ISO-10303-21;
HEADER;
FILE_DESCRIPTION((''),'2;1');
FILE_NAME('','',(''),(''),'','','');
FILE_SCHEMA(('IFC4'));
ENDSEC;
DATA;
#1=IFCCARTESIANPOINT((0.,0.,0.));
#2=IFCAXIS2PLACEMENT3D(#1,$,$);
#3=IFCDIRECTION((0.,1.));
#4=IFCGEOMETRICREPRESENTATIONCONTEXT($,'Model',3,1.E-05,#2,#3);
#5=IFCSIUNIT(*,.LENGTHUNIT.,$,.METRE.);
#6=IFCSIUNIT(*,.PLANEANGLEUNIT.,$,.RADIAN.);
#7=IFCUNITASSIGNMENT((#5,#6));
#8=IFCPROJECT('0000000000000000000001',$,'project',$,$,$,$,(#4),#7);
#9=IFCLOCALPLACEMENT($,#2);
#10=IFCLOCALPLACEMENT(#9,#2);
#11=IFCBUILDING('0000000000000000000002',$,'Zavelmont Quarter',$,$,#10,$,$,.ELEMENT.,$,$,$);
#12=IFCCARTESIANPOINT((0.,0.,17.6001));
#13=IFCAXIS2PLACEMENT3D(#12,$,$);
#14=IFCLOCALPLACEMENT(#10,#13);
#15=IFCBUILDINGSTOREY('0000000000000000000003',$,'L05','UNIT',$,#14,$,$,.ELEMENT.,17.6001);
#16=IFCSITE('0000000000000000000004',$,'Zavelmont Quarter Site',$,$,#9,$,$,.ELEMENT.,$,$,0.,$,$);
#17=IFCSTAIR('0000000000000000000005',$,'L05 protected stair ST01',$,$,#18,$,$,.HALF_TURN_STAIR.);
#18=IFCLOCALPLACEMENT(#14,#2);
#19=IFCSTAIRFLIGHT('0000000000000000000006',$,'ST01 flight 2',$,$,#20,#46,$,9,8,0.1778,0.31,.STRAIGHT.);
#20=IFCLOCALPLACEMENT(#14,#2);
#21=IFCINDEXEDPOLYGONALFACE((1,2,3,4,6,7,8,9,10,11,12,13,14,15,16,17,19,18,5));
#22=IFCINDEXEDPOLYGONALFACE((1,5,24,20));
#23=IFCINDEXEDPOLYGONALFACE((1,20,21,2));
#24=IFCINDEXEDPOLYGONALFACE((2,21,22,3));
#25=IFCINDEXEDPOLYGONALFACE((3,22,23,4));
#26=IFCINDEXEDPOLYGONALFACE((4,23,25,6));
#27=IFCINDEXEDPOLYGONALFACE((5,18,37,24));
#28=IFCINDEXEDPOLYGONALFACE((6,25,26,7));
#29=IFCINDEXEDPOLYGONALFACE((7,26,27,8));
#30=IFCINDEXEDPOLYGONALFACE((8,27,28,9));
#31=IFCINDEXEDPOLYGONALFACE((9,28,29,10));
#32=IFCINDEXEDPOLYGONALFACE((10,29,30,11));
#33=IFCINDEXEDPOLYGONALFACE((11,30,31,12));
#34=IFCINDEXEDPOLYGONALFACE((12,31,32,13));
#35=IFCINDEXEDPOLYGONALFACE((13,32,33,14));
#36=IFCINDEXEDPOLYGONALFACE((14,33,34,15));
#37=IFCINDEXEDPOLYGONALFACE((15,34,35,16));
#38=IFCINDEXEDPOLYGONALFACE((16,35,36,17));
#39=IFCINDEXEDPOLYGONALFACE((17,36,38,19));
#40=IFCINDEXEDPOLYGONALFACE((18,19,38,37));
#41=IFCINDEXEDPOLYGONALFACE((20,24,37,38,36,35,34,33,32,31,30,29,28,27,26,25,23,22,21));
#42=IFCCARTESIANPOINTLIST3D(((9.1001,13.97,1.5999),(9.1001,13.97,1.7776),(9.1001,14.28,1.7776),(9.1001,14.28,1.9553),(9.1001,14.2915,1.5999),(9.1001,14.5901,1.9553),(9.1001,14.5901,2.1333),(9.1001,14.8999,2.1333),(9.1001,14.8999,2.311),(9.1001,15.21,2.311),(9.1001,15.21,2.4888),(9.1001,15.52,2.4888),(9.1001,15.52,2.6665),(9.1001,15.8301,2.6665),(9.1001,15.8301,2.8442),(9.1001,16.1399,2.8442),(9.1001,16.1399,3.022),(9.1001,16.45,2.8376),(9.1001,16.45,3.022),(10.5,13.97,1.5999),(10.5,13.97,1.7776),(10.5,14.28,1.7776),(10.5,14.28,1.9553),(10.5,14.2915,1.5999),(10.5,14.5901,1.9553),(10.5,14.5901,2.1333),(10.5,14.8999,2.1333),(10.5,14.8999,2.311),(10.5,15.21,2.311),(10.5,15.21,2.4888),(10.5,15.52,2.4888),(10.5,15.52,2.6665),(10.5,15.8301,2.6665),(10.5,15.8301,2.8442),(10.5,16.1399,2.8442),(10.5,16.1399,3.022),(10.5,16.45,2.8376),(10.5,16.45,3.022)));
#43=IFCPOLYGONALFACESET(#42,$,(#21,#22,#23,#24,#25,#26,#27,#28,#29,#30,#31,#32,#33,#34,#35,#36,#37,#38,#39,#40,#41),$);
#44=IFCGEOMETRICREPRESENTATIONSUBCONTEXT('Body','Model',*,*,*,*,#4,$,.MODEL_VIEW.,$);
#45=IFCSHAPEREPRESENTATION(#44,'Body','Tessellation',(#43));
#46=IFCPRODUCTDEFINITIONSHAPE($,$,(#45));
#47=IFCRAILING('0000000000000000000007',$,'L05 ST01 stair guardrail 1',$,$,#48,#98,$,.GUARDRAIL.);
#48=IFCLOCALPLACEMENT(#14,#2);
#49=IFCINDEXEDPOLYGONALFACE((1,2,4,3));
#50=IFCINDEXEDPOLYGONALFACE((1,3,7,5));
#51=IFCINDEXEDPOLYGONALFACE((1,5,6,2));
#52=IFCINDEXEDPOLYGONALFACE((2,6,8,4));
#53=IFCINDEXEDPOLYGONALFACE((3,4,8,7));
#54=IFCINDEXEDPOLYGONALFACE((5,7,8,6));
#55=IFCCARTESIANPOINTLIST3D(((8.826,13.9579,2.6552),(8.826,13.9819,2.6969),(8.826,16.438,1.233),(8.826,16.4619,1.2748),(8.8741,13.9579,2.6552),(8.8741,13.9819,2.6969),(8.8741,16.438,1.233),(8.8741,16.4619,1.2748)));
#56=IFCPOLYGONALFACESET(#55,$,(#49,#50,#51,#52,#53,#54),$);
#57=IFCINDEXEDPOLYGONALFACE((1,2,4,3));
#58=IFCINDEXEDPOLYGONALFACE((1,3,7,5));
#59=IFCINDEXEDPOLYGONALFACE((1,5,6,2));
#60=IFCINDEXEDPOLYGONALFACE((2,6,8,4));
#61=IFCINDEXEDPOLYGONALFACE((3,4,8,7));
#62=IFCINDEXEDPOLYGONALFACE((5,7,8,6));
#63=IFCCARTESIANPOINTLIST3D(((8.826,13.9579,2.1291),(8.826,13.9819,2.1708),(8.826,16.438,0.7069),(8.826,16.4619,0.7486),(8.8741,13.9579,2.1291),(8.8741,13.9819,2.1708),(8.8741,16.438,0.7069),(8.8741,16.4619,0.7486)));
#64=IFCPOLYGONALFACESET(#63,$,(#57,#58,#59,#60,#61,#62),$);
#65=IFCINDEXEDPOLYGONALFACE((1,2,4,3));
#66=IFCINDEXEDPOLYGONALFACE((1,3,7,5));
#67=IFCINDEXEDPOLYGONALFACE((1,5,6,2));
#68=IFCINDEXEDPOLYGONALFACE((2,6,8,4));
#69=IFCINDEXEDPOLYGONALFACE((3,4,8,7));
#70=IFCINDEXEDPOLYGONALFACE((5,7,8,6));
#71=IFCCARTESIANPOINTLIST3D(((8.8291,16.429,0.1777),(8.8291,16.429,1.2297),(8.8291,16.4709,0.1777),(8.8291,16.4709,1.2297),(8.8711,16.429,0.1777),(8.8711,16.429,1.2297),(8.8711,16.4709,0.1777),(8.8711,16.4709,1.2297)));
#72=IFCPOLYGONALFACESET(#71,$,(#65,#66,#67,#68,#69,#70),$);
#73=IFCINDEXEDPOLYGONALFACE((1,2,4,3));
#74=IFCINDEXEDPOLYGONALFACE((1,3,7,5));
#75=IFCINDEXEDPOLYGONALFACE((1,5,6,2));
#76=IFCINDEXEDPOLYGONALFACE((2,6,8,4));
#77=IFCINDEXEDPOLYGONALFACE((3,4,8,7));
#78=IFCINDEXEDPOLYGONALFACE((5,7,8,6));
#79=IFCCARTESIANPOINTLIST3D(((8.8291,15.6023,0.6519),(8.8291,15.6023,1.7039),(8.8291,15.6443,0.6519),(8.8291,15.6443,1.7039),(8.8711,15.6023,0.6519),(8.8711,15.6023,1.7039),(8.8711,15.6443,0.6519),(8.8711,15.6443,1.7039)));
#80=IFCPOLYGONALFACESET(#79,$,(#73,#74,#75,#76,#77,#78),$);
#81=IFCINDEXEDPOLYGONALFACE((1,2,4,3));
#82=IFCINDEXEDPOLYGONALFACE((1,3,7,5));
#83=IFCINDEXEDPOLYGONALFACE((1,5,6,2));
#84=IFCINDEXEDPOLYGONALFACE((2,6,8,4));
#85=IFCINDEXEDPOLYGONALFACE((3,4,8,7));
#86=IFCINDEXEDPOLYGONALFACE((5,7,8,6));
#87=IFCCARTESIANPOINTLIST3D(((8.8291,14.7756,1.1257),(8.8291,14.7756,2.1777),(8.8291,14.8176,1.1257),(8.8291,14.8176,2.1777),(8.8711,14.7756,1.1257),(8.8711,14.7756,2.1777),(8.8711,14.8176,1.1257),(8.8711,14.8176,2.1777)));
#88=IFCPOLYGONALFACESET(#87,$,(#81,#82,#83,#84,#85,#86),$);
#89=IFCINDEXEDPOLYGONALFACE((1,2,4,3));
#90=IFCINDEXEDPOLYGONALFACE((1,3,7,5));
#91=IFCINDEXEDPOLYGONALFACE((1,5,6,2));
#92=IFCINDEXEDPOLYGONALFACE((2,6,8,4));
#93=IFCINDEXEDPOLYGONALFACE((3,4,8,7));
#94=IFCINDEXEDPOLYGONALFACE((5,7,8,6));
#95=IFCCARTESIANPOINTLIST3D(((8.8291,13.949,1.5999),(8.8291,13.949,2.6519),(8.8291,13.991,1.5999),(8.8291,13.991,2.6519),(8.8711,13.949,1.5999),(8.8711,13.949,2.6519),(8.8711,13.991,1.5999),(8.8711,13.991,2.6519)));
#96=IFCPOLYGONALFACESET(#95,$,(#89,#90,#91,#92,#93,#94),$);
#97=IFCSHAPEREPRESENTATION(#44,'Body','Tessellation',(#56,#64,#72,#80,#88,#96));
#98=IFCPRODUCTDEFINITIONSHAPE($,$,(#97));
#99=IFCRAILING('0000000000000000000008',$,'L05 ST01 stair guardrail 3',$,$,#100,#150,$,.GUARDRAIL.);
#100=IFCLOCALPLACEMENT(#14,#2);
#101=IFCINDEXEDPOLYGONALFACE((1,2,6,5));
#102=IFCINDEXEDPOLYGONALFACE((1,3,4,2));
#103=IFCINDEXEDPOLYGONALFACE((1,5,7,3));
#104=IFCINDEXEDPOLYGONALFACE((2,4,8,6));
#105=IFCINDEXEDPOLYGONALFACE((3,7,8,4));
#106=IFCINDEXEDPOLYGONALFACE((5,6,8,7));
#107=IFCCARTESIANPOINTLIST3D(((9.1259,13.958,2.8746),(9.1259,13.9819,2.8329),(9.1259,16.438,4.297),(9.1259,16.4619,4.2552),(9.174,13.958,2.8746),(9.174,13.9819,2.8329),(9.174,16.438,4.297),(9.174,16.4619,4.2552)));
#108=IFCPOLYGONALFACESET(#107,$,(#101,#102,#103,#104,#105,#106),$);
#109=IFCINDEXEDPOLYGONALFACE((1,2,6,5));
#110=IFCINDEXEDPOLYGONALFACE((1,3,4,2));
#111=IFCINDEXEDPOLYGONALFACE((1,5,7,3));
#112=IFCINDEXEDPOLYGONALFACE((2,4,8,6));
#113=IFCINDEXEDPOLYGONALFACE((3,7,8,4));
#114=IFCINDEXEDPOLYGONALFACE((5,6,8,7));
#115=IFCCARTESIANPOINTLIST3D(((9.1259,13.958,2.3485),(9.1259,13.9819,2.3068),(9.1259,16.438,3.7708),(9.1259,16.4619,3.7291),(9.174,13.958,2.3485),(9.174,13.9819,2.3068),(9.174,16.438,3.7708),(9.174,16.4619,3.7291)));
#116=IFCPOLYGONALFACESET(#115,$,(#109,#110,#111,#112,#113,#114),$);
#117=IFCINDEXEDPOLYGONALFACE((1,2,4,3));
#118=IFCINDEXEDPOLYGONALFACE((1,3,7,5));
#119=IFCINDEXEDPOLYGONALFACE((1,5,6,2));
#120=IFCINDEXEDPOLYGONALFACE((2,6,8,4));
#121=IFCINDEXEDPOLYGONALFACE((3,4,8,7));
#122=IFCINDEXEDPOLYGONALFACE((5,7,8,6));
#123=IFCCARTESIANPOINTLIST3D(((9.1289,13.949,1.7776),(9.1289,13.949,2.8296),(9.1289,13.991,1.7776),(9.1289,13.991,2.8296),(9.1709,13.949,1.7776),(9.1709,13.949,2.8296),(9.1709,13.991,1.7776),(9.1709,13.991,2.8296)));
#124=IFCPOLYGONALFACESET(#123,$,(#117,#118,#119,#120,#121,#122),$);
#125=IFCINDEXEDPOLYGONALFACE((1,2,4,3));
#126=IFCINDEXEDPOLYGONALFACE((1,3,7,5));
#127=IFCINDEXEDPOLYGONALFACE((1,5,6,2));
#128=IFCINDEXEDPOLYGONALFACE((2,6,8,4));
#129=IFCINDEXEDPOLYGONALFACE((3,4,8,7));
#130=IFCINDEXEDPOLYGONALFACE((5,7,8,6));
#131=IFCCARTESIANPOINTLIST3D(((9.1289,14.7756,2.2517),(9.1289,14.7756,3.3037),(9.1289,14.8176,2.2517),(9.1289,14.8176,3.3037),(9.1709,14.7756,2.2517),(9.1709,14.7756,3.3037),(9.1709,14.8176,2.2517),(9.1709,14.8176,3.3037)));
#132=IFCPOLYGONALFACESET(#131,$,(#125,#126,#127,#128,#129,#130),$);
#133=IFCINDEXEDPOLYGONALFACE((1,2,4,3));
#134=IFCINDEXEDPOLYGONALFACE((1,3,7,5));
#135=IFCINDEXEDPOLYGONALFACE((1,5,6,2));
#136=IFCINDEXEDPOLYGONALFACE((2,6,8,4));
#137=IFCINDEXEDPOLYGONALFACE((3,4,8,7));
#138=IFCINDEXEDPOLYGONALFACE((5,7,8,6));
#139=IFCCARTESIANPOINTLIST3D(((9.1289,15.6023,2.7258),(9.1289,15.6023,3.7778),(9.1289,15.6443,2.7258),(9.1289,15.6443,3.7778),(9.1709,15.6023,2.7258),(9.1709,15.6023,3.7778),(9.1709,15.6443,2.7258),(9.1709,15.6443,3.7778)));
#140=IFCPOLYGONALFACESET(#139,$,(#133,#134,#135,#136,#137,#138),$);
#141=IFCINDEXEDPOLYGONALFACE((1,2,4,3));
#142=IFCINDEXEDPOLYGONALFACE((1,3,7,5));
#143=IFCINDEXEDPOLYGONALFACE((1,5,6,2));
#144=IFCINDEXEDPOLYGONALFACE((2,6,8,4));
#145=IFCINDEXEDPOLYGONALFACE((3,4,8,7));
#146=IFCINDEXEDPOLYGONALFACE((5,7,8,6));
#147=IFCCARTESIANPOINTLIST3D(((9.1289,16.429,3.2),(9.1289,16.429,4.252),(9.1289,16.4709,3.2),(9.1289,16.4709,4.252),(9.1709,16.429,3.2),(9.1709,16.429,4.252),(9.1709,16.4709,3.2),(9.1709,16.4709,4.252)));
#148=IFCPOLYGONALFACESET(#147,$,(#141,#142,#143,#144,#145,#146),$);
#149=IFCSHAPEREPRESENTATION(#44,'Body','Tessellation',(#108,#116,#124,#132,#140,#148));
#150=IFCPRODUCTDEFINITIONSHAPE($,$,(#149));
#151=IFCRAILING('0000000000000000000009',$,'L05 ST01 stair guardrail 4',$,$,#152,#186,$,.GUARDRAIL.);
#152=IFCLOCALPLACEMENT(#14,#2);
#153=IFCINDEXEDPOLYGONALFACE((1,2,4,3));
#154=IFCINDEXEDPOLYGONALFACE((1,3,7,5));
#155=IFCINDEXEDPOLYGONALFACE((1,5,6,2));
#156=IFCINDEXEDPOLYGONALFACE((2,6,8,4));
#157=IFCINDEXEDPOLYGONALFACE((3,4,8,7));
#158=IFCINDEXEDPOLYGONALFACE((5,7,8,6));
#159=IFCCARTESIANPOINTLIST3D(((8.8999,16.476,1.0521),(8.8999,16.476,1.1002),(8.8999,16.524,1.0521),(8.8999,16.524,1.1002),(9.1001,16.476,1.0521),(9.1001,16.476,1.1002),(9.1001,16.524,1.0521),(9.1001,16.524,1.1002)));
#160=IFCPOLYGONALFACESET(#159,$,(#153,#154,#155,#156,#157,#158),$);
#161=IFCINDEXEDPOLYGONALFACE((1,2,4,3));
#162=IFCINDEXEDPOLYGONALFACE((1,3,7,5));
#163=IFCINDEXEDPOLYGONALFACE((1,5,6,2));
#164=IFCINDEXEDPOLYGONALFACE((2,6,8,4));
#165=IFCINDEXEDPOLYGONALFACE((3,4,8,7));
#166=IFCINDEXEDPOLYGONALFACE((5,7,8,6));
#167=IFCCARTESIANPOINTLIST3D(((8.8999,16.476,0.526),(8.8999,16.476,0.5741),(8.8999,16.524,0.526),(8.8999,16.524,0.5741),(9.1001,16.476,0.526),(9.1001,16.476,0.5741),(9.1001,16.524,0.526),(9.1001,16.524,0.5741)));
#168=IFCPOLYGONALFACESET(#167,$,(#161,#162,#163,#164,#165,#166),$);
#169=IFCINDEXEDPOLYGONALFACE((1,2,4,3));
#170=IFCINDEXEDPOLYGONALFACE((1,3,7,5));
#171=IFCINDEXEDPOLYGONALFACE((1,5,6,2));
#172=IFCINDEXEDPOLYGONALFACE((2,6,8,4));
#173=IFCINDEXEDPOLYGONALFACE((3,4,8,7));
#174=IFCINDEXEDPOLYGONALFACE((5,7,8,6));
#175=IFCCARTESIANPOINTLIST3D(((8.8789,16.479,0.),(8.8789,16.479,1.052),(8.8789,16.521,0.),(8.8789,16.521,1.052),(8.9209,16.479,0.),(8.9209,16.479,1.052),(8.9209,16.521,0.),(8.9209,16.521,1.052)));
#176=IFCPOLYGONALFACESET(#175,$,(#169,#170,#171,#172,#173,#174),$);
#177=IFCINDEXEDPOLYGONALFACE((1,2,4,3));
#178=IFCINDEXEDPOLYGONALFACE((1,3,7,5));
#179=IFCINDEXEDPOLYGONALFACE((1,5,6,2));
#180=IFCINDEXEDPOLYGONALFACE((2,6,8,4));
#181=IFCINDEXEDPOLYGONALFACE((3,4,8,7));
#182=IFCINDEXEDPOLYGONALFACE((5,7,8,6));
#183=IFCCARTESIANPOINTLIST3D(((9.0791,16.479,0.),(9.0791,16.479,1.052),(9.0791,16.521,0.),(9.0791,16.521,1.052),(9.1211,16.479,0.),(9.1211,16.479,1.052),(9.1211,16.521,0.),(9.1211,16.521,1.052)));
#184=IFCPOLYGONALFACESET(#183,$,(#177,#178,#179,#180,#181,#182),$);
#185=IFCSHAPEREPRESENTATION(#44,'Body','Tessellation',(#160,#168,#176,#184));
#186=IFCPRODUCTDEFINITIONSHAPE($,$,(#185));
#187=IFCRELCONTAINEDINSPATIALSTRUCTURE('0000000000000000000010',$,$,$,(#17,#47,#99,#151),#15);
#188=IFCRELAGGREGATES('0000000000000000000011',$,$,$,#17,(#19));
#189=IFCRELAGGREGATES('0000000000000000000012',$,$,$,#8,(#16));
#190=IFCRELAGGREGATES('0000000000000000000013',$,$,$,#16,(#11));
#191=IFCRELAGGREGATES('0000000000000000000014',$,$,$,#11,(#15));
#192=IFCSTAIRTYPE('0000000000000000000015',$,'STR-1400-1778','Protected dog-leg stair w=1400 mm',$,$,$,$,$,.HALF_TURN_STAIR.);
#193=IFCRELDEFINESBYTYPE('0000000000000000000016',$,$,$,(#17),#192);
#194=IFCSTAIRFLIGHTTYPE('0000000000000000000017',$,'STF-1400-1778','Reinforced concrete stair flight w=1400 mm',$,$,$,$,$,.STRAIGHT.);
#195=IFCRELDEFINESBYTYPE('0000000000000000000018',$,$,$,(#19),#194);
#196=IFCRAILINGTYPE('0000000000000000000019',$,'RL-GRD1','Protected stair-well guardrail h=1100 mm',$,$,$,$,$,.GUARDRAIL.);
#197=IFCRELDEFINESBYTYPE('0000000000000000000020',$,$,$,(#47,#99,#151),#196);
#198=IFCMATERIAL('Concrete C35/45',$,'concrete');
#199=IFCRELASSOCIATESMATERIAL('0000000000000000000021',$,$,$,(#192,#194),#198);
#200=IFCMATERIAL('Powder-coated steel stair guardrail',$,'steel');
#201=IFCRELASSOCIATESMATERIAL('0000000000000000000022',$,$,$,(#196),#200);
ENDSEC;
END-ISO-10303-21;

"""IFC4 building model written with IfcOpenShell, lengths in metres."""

from ifc_helpers import new_model, si_unit, direction, frame, origin, origin_2d, place, context, subcontext, project, spatial, polyline, rectangle, outline, extrude, material, type_object, element, aggregate, save


model = new_model("IFC4")

# Units and contexts
model_context = context("Model", 3, precision=1e-05, world=origin(), true_north=direction((0.0, 1.0)))
body_context = subcontext(model_context, "Body", "Model", "MODEL_VIEW")
ifc_project = project(units=[si_unit("LENGTHUNIT", "METRE"), si_unit("PLANEANGLEUNIT", "RADIAN")], contexts=[model_context])

# Site, building, storey
site_placement = place(None, origin())
site = spatial("IfcSite", under=ifc_project, at=site_placement, Name="Zavelmont Quarter Site", CompositionType="ELEMENT", RefElevation=0.0)
building_placement = place(site_placement, origin())
building = spatial("IfcBuilding", under=site, at=building_placement, Name="Zavelmont Quarter", CompositionType="ELEMENT")
storey_placement = place(building_placement, frame((0.0, 0.0, 17.6001)))
storey = spatial("IfcBuildingStorey", under=building, at=storey_placement, Name="L05", Description="UNIT", CompositionType="ELEMENT", Elevation=17.6001)

# Shared definitions
ifc_material_1 = material(Name="Concrete C35/45", Category="concrete")

# Stair, stair flight
stair_type = type_object("IfcStairType", Name="STR-1400-1778", Description="Protected dog-leg stair w=1400 mm", PredefinedType="HALF_TURN_STAIR", material=ifc_material_1)
stair_placement = place(storey_placement, origin())
stair = element("IfcStair", 1, at=stair_placement, inside=storey, type_object=stair_type, Name="L05 protected stair ST01", PredefinedType="HALF_TURN_STAIR")
stair_flight_type = type_object("IfcStairFlightType", Name="STF-1400-1778", Description="Reinforced concrete stair flight w=1400 mm", PredefinedType="STRAIGHT", material=ifc_material_1)
stair_flight_1_placement = place(storey_placement, frame((9.8, 13.97, 1.5999), z_axis=(0.0, 0.0, 1.0), x_axis=(0.0, 1.0, 0.0)))
stair_flight_1 = element("IfcStairFlight", 2, at=stair_flight_1_placement, type_object=stair_flight_type, Name="ST01 flight 2", NumberOfRisers=9, NumberOfTreads=8, PredefinedType="STRAIGHT", RiserHeight=0.1778, TreadLength=0.31, context=body_context, shape_type="SweptSolid", body=[
    extrude(outline(polyline([(0.0, 0.0), (0.0, 0.1777), (0.3101, 0.1777), (0.3101, 0.3555), (0.6201, 0.3555), (0.6201, 0.5334), (0.9299, 0.5334), (0.9299, 0.7112), (1.24, 0.7112), (1.24, 0.8889), (1.55, 0.8889), (1.55, 1.0667), (1.8601, 1.0667), (1.8601, 1.2444), (2.1699, 1.2444), (2.1699, 1.4221), (2.48, 1.4221), (2.48, 1.6001), (2.48, 1.2378), (0.3215, 0.0), (0.0, 0.0)])), frame((0.0, 0.7, 0.0), z_axis=(0.0, -1.0, 0.0), x_axis=(1.0, 0.0, 0.0)), (0.0, 0.0, 1.0), 1.3999),
])
aggregate(stair, [stair_flight_1])

# Railings
ifc_material_2 = material(Name="Powder-coated steel stair guardrail", Category="steel")
railing_type_1 = type_object("IfcRailingType", Name="RL-GRD1", Description="Protected stair-well guardrail h=1100 mm", PredefinedType="GUARDRAIL", material=ifc_material_2)
railing_1_placement = place(storey_placement, frame((8.8501, 16.45, 0.1777)))
element("IfcRailing", 3, at=railing_1_placement, inside=storey, type_object=railing_type_1, Name="L05 ST01 stair guardrail 1", PredefinedType="GUARDRAIL", context=body_context, shape_type="SweptSolid", body=[
    extrude(rectangle(XDim=0.0481, YDim=0.0481, at=origin_2d()), frame((0.0, 0.0, 1.0762), z_axis=(0.0, -0.867491, 0.497454), x_axis=(1.0, 0.0, 0.0)), (0.0, 0.0, 1.0), 2.8589),
    extrude(rectangle(XDim=0.0481, YDim=0.0481, at=origin_2d()), frame((0.0, 0.0, 0.55), z_axis=(0.0, -0.867491, 0.497454), x_axis=(1.0, 0.0, 0.0)), (0.0, 0.0, 1.0), 2.8589),
    extrude(rectangle(XDim=0.042, YDim=0.042, at=origin_2d()), origin(), (0.0, 0.0, 1.0), 1.052),
    extrude(rectangle(XDim=0.042, YDim=0.042, at=origin_2d()), frame((0.0, -0.8267, 0.4741)), (0.0, 0.0, 1.0), 1.052),
    extrude(rectangle(XDim=0.042, YDim=0.042, at=origin_2d()), frame((0.0, -1.6533, 0.948)), (0.0, 0.0, 1.0), 1.052),
    extrude(rectangle(XDim=0.042, YDim=0.042, at=origin_2d()), frame((0.0, -2.48, 1.4221)), (0.0, 0.0, 1.0), 1.052),
])
railing_2_placement = place(storey_placement, frame((9.1499, 13.97, 1.7776)))
element("IfcRailing", 4, at=railing_2_placement, inside=storey, type_object=railing_type_1, Name="L05 ST01 stair guardrail 3", PredefinedType="GUARDRAIL", context=body_context, shape_type="SweptSolid", body=[
    extrude(rectangle(XDim=0.0481, YDim=0.0481, at=origin_2d()), frame((0.0, 0.0, 1.0762), z_axis=(0.0, 0.867454, 0.497518), x_axis=(-1.0, 0.0, 0.0)), (0.0, 0.0, 1.0), 2.8589),
    extrude(rectangle(XDim=0.0481, YDim=0.0481, at=origin_2d()), frame((0.0, 0.0, 0.55), z_axis=(0.0, 0.867454, 0.497518), x_axis=(-1.0, 0.0, 0.0)), (0.0, 0.0, 1.0), 2.8589),
    extrude(rectangle(XDim=0.042, YDim=0.042, at=origin_2d()), origin(), (0.0, 0.0, 1.0), 1.052),
    extrude(rectangle(XDim=0.042, YDim=0.042, at=origin_2d()), frame((0.0, 0.8267, 0.4741)), (0.0, 0.0, 1.0), 1.052),
    extrude(rectangle(XDim=0.042, YDim=0.042, at=origin_2d()), frame((0.0, 1.6533, 0.9482)), (0.0, 0.0, 1.0), 1.052),
    extrude(rectangle(XDim=0.042, YDim=0.042, at=origin_2d()), frame((0.0, 2.48, 1.4224)), (0.0, 0.0, 1.0), 1.052),
])
railing_3_placement = place(storey_placement, frame((8.8999, 16.5, 0.0)))
element("IfcRailing", 5, at=railing_3_placement, inside=storey, type_object=railing_type_1, Name="L05 ST01 stair guardrail 4", PredefinedType="GUARDRAIL", context=body_context, shape_type="SweptSolid", body=[
    extrude(rectangle(XDim=0.0481, YDim=0.0481, at=origin_2d()), frame((0.0, 0.0, 1.0762), z_axis=(1.0, 0.0, 0.0), x_axis=(0.0, 1.0, 0.0)), (0.0, 0.0, 1.0), 0.2002),
    extrude(rectangle(XDim=0.0481, YDim=0.0481, at=origin_2d()), frame((0.0, 0.0, 0.55), z_axis=(1.0, 0.0, 0.0), x_axis=(0.0, 1.0, 0.0)), (0.0, 0.0, 1.0), 0.2002),
    extrude(rectangle(XDim=0.042, YDim=0.042, at=origin_2d()), origin(), (0.0, 0.0, 1.0), 1.052),
    extrude(rectangle(XDim=0.042, YDim=0.042, at=origin_2d()), frame((0.2002, 0.0, 0.0)), (0.0, 0.0, 1.0), 1.052),
])

save(model, "model.ifc")
